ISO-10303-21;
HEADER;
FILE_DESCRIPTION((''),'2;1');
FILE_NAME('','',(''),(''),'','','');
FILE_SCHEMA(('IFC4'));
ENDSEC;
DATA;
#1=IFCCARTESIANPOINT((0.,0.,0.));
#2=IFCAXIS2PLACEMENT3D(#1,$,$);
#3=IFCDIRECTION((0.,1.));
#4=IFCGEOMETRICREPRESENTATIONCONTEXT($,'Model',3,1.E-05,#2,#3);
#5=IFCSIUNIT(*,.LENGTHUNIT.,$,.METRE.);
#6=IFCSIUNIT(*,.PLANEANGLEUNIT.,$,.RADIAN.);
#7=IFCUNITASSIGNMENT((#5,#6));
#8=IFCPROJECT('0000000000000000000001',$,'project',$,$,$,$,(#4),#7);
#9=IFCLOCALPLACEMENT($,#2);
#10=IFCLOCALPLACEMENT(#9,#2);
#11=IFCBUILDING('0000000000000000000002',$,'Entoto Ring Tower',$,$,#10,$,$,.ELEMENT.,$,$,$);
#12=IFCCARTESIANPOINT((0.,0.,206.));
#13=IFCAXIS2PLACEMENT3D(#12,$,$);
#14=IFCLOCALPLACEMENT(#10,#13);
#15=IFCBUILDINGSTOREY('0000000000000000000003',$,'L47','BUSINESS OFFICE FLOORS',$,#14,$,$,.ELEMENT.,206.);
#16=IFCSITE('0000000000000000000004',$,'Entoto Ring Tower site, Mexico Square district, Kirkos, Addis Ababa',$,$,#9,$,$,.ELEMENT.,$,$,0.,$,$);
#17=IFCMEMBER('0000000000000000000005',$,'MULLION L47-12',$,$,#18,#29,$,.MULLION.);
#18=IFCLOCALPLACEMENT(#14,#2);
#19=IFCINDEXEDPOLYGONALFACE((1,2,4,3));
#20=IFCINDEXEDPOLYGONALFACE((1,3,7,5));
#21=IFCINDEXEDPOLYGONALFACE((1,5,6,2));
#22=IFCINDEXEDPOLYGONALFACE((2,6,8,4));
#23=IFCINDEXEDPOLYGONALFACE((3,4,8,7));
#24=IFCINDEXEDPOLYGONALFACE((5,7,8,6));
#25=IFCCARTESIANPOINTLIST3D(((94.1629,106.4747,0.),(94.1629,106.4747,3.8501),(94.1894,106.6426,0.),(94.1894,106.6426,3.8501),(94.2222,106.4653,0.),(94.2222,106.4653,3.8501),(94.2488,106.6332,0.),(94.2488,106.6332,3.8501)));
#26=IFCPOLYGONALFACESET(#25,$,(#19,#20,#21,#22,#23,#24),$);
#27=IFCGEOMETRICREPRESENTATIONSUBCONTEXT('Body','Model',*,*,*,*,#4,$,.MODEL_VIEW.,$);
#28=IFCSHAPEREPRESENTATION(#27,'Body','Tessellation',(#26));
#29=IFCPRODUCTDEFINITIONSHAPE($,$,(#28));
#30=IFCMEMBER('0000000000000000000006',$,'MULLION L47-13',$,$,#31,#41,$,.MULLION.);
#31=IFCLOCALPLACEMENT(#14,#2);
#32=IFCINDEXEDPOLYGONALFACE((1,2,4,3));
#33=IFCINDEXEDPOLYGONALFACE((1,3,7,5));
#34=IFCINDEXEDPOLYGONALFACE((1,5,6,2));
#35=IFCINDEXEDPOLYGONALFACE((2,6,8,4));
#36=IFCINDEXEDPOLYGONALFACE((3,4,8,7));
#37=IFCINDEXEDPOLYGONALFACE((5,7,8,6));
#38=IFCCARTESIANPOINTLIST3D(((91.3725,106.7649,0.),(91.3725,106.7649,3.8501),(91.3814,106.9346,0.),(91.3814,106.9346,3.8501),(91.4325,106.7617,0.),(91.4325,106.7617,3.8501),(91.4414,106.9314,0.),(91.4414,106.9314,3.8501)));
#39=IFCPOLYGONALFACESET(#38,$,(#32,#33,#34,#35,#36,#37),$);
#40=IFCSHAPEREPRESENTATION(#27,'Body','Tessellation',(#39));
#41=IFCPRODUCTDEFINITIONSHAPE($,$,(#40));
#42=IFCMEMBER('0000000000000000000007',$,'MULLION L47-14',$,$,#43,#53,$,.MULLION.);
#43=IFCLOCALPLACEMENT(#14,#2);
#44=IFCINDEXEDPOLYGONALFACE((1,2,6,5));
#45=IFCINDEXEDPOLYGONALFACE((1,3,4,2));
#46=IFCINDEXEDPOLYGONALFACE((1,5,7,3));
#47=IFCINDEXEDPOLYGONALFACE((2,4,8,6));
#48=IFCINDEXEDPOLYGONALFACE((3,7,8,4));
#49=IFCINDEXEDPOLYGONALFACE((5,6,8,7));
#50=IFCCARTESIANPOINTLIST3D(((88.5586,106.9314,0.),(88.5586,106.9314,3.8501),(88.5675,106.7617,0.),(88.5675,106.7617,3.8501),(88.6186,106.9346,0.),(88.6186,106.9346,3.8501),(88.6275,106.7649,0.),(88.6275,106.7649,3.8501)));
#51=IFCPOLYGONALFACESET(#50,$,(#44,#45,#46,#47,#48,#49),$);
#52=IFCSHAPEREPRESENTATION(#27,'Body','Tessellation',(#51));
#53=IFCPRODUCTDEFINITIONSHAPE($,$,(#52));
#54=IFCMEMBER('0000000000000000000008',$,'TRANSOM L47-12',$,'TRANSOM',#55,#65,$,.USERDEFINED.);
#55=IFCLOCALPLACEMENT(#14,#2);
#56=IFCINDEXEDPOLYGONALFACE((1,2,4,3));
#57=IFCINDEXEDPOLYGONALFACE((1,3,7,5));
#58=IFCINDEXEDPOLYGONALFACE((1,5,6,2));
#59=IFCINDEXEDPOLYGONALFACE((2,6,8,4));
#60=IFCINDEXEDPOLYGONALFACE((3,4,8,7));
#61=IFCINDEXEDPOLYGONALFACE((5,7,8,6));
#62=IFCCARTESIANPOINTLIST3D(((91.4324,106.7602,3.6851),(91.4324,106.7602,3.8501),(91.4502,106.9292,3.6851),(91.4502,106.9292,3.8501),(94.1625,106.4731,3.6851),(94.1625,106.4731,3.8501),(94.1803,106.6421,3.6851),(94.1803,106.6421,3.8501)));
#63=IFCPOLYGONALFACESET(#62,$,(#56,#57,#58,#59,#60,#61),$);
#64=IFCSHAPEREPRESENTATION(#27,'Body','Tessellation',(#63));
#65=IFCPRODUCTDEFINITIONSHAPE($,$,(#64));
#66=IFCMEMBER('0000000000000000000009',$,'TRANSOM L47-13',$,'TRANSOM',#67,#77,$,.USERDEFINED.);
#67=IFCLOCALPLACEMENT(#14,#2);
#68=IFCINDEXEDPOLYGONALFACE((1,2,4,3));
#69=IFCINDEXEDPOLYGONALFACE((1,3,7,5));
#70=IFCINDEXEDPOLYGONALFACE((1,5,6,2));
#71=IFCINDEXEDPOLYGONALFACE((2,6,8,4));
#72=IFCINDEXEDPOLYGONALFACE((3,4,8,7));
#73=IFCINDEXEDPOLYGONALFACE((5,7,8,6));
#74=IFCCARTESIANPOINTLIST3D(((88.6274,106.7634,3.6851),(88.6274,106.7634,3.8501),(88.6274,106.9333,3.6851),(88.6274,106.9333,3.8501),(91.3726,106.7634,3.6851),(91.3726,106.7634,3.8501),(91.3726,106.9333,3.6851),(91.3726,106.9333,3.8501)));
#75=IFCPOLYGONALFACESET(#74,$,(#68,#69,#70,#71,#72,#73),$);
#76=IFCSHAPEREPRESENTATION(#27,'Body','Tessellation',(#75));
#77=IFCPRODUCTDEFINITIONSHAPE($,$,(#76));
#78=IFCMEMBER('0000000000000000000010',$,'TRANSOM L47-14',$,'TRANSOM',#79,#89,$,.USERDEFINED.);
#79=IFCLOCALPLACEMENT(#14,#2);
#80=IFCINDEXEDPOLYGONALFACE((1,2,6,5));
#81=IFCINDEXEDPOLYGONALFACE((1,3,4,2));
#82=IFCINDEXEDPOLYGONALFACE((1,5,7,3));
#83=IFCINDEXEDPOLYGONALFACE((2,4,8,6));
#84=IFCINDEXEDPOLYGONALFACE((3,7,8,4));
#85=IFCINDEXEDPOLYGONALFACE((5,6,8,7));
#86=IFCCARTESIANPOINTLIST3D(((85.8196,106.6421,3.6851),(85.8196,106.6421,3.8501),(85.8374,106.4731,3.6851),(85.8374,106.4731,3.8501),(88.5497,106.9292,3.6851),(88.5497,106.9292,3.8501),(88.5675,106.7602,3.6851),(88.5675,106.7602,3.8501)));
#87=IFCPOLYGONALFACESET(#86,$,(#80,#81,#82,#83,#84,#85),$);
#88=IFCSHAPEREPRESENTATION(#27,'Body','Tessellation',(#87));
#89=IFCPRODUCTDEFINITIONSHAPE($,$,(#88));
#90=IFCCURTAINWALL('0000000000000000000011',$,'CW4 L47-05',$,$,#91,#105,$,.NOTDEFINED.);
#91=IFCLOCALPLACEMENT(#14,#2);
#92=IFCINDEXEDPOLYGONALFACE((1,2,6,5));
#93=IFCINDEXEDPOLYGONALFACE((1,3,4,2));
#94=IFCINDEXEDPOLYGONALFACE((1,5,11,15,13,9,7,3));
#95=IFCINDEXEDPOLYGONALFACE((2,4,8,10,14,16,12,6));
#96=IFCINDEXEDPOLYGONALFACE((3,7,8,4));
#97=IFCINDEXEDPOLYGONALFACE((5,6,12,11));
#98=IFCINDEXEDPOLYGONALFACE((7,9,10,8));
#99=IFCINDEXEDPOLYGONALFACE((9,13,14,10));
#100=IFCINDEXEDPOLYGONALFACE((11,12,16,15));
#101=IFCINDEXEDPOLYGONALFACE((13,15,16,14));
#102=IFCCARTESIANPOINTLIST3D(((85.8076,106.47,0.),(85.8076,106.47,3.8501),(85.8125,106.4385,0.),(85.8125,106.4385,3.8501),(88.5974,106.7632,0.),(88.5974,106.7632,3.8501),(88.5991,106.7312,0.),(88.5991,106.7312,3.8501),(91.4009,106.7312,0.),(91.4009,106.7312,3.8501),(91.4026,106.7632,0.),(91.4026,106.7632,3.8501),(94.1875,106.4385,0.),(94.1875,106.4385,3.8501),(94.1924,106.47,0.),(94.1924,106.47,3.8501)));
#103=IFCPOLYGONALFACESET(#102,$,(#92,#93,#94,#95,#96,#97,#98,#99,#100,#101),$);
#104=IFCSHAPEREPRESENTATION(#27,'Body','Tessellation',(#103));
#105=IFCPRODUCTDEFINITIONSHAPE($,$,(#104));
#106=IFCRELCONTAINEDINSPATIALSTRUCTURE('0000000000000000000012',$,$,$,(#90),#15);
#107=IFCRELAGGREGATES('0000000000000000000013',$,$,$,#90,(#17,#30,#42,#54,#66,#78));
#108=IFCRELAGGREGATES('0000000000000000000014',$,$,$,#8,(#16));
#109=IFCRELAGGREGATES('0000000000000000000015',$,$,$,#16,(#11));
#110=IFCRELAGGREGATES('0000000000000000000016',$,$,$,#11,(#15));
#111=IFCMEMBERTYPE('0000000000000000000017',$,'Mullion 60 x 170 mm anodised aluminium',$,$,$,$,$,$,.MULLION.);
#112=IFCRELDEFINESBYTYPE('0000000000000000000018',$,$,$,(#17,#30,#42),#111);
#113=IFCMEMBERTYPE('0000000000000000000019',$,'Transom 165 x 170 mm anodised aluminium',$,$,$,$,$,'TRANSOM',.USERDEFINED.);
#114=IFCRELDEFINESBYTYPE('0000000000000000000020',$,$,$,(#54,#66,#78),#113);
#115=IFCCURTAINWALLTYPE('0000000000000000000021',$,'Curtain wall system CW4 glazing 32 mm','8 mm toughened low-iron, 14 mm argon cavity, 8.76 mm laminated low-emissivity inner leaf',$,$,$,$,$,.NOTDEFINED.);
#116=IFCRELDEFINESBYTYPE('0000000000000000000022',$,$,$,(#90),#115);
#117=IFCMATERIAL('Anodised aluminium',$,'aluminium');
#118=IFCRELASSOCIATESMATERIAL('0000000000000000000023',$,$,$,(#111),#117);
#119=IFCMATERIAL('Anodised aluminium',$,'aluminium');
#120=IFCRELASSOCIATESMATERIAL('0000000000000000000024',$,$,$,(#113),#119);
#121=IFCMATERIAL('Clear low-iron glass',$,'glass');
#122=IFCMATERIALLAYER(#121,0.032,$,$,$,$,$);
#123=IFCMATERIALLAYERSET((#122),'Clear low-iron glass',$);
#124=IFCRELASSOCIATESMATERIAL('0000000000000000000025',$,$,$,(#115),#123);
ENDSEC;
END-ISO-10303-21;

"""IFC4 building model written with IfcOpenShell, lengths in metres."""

from ifc_helpers import new_model, si_unit, direction, frame, origin, origin_2d, place, context, subcontext, project, spatial, polyline, rectangle, outline, extrude, material, layer, layer_set, material_profile, profile_set, type_object, element, aggregate, save


model = new_model("IFC4")

# Units and contexts
model_context = context("Model", 3, precision=1e-05, world=origin(), true_north=direction((0.0, 1.0)))
body_context = subcontext(model_context, "Body", "Model", "MODEL_VIEW")
ifc_project = project(units=[si_unit("LENGTHUNIT", "METRE"), si_unit("PLANEANGLEUNIT", "RADIAN")], contexts=[model_context])

# Members
ifc_material_1 = material(Name="Anodised aluminium", Category="aluminium")
ifc_material_profile_1 = material_profile(ifc_material_1, rectangle(XDim=0.0601, YDim=0.1699, at=origin_2d()), Name="Mullion 60 x 170 mm anodised aluminium")
ifc_profile_set_1 = profile_set([ifc_material_profile_1], Name="Anodised aluminium")
member_type_1 = type_object("IfcMemberType", Name="Mullion 60 x 170 mm anodised aluminium", PredefinedType="MULLION", material=ifc_profile_set_1)
site_placement = place(None, origin())
building_placement = place(site_placement, origin())
storey_placement = place(building_placement, frame((0.0, 0.0, 206.0)))
member_1_placement = place(storey_placement, frame((94.2058, 106.554, 0.0), z_axis=(0.0, 0.0, 1.0), x_axis=(-0.987688, 0.156434, 0.0)))
member_1 = element("IfcMember", 1, at=member_1_placement, type_object=member_type_1, Name="MULLION L47-12", PredefinedType="MULLION", context=body_context, shape_type="SweptSolid", body=[
    extrude(rectangle(XDim=0.0601, YDim=0.1699, at=origin_2d()), origin(), (0.0, 0.0, 1.0), 3.8501),
])
member_2_placement = place(storey_placement, frame((91.407, 106.8481, 0.0), z_axis=(0.0, 0.0, 1.0), x_axis=(-0.99863, 0.052336, 0.0)))
member_2 = element("IfcMember", 2, at=member_2_placement, type_object=member_type_1, Name="MULLION L47-13", PredefinedType="MULLION", context=body_context, shape_type="SweptSolid", body=[
    extrude(rectangle(XDim=0.0601, YDim=0.1699, at=origin_2d()), origin(), (0.0, 0.0, 1.0), 3.8501),
])
member_3_placement = place(storey_placement, frame((88.593, 106.8481, 0.0), z_axis=(0.0, 0.0, 1.0), x_axis=(-0.99863, -0.052336, 0.0)))
member_3 = element("IfcMember", 3, at=member_3_placement, type_object=member_type_1, Name="MULLION L47-14", PredefinedType="MULLION", context=body_context, shape_type="SweptSolid", body=[
    extrude(rectangle(XDim=0.0601, YDim=0.1699, at=origin_2d()), origin(), (0.0, 0.0, 1.0), 3.8501),
])
ifc_material_2 = material(Name="Anodised aluminium", Category="aluminium")
ifc_material_profile_2 = material_profile(ifc_material_2, rectangle(XDim=0.1699, YDim=0.165, at=origin_2d()), Name="Transom 165 x 170 mm anodised aluminium")
ifc_profile_set_2 = profile_set([ifc_material_profile_2], Name="Anodised aluminium")
member_type_2 = type_object("IfcMemberType", Name="Transom 165 x 170 mm anodised aluminium", ElementType="TRANSOM", PredefinedType="USERDEFINED", material=ifc_profile_set_2)
member_4_placement = place(storey_placement, frame((94.1714, 106.5576, 3.7676), z_axis=(-0.994515, 0.104592, 0.0), x_axis=(-0.104592, -0.994515, 0.0)))
member_4 = element("IfcMember", 4, at=member_4_placement, type_object=member_type_2, Name="TRANSOM L47-12", ObjectType="TRANSOM", PredefinedType="USERDEFINED", context=body_context, shape_type="SweptSolid", body=[
    extrude(rectangle(XDim=0.1699, YDim=0.165, at=origin_2d()), origin(), (0.0, 0.0, 1.0), 2.7451),
])
member_5_placement = place(storey_placement, frame((91.3726, 106.8484, 3.7676), z_axis=(-1.0, 0.0, 0.0), x_axis=(0.0, -1.0, 0.0)))
member_5 = element("IfcMember", 5, at=member_5_placement, type_object=member_type_2, Name="TRANSOM L47-13", ObjectType="TRANSOM", PredefinedType="USERDEFINED", context=body_context, shape_type="SweptSolid", body=[
    extrude(rectangle(XDim=0.1699, YDim=0.165, at=origin_2d()), origin(), (0.0, 0.0, 1.0), 2.7451),
])
member_6_placement = place(storey_placement, frame((88.5586, 106.8447, 3.7676), z_axis=(-0.994515, -0.104592, 0.0), x_axis=(0.104592, -0.994515, 0.0)))
member_6 = element("IfcMember", 6, at=member_6_placement, type_object=member_type_2, Name="TRANSOM L47-14", ObjectType="TRANSOM", PredefinedType="USERDEFINED", context=body_context, shape_type="SweptSolid", body=[
    extrude(rectangle(XDim=0.1699, YDim=0.165, at=origin_2d()), origin(), (0.0, 0.0, 1.0), 2.7451),
])

# Site, building, storey
site = spatial("IfcSite", under=ifc_project, at=site_placement, Name="Entoto Ring Tower site, Mexico Square district, Kirkos, Addis Ababa", CompositionType="ELEMENT", RefElevation=0.0)
building = spatial("IfcBuilding", under=site, at=building_placement, Name="Entoto Ring Tower", CompositionType="ELEMENT")
storey = spatial("IfcBuildingStorey", under=building, at=storey_placement, Name="L47", Description="BUSINESS OFFICE FLOORS", CompositionType="ELEMENT", Elevation=206.0)

# Curtain wall
ifc_material_3 = material(Name="Clear low-iron glass", Category="glass")
ifc_layer = layer(ifc_material_3, 0.032)
ifc_layer_set = layer_set([ifc_layer], Name="Clear low-iron glass")
curtain_wall_type = type_object("IfcCurtainWallType", Name="Curtain wall system CW4 glazing 32 mm", Description="8 mm toughened low-iron, 14 mm argon cavity, 8.76 mm laminated low-emissivity inner leaf", PredefinedType="NOTDEFINED", material=ifc_layer_set)
curtain_wall_1_placement = place(storey_placement, origin())
curtain_wall_1 = element("IfcCurtainWall", 7, at=curtain_wall_1_placement, inside=storey, type_object=curtain_wall_type, Name="CW4 L47-05", PredefinedType="NOTDEFINED", context=body_context, shape_type="SweptSolid", body=[
    extrude(outline(polyline([(94.1924, 106.47), (91.4026, 106.7632), (88.5974, 106.7632), (85.8076, 106.47), (85.8125, 106.4385), (88.5991, 106.7312), (91.4009, 106.7312), (94.1875, 106.4385), (94.1924, 106.47)])), origin(), (0.0, 0.0, 1.0), 3.8501),
])
aggregate(curtain_wall_1, [member_1, member_2, member_3, member_4, member_5, member_6])

save(model, "model.ifc")
